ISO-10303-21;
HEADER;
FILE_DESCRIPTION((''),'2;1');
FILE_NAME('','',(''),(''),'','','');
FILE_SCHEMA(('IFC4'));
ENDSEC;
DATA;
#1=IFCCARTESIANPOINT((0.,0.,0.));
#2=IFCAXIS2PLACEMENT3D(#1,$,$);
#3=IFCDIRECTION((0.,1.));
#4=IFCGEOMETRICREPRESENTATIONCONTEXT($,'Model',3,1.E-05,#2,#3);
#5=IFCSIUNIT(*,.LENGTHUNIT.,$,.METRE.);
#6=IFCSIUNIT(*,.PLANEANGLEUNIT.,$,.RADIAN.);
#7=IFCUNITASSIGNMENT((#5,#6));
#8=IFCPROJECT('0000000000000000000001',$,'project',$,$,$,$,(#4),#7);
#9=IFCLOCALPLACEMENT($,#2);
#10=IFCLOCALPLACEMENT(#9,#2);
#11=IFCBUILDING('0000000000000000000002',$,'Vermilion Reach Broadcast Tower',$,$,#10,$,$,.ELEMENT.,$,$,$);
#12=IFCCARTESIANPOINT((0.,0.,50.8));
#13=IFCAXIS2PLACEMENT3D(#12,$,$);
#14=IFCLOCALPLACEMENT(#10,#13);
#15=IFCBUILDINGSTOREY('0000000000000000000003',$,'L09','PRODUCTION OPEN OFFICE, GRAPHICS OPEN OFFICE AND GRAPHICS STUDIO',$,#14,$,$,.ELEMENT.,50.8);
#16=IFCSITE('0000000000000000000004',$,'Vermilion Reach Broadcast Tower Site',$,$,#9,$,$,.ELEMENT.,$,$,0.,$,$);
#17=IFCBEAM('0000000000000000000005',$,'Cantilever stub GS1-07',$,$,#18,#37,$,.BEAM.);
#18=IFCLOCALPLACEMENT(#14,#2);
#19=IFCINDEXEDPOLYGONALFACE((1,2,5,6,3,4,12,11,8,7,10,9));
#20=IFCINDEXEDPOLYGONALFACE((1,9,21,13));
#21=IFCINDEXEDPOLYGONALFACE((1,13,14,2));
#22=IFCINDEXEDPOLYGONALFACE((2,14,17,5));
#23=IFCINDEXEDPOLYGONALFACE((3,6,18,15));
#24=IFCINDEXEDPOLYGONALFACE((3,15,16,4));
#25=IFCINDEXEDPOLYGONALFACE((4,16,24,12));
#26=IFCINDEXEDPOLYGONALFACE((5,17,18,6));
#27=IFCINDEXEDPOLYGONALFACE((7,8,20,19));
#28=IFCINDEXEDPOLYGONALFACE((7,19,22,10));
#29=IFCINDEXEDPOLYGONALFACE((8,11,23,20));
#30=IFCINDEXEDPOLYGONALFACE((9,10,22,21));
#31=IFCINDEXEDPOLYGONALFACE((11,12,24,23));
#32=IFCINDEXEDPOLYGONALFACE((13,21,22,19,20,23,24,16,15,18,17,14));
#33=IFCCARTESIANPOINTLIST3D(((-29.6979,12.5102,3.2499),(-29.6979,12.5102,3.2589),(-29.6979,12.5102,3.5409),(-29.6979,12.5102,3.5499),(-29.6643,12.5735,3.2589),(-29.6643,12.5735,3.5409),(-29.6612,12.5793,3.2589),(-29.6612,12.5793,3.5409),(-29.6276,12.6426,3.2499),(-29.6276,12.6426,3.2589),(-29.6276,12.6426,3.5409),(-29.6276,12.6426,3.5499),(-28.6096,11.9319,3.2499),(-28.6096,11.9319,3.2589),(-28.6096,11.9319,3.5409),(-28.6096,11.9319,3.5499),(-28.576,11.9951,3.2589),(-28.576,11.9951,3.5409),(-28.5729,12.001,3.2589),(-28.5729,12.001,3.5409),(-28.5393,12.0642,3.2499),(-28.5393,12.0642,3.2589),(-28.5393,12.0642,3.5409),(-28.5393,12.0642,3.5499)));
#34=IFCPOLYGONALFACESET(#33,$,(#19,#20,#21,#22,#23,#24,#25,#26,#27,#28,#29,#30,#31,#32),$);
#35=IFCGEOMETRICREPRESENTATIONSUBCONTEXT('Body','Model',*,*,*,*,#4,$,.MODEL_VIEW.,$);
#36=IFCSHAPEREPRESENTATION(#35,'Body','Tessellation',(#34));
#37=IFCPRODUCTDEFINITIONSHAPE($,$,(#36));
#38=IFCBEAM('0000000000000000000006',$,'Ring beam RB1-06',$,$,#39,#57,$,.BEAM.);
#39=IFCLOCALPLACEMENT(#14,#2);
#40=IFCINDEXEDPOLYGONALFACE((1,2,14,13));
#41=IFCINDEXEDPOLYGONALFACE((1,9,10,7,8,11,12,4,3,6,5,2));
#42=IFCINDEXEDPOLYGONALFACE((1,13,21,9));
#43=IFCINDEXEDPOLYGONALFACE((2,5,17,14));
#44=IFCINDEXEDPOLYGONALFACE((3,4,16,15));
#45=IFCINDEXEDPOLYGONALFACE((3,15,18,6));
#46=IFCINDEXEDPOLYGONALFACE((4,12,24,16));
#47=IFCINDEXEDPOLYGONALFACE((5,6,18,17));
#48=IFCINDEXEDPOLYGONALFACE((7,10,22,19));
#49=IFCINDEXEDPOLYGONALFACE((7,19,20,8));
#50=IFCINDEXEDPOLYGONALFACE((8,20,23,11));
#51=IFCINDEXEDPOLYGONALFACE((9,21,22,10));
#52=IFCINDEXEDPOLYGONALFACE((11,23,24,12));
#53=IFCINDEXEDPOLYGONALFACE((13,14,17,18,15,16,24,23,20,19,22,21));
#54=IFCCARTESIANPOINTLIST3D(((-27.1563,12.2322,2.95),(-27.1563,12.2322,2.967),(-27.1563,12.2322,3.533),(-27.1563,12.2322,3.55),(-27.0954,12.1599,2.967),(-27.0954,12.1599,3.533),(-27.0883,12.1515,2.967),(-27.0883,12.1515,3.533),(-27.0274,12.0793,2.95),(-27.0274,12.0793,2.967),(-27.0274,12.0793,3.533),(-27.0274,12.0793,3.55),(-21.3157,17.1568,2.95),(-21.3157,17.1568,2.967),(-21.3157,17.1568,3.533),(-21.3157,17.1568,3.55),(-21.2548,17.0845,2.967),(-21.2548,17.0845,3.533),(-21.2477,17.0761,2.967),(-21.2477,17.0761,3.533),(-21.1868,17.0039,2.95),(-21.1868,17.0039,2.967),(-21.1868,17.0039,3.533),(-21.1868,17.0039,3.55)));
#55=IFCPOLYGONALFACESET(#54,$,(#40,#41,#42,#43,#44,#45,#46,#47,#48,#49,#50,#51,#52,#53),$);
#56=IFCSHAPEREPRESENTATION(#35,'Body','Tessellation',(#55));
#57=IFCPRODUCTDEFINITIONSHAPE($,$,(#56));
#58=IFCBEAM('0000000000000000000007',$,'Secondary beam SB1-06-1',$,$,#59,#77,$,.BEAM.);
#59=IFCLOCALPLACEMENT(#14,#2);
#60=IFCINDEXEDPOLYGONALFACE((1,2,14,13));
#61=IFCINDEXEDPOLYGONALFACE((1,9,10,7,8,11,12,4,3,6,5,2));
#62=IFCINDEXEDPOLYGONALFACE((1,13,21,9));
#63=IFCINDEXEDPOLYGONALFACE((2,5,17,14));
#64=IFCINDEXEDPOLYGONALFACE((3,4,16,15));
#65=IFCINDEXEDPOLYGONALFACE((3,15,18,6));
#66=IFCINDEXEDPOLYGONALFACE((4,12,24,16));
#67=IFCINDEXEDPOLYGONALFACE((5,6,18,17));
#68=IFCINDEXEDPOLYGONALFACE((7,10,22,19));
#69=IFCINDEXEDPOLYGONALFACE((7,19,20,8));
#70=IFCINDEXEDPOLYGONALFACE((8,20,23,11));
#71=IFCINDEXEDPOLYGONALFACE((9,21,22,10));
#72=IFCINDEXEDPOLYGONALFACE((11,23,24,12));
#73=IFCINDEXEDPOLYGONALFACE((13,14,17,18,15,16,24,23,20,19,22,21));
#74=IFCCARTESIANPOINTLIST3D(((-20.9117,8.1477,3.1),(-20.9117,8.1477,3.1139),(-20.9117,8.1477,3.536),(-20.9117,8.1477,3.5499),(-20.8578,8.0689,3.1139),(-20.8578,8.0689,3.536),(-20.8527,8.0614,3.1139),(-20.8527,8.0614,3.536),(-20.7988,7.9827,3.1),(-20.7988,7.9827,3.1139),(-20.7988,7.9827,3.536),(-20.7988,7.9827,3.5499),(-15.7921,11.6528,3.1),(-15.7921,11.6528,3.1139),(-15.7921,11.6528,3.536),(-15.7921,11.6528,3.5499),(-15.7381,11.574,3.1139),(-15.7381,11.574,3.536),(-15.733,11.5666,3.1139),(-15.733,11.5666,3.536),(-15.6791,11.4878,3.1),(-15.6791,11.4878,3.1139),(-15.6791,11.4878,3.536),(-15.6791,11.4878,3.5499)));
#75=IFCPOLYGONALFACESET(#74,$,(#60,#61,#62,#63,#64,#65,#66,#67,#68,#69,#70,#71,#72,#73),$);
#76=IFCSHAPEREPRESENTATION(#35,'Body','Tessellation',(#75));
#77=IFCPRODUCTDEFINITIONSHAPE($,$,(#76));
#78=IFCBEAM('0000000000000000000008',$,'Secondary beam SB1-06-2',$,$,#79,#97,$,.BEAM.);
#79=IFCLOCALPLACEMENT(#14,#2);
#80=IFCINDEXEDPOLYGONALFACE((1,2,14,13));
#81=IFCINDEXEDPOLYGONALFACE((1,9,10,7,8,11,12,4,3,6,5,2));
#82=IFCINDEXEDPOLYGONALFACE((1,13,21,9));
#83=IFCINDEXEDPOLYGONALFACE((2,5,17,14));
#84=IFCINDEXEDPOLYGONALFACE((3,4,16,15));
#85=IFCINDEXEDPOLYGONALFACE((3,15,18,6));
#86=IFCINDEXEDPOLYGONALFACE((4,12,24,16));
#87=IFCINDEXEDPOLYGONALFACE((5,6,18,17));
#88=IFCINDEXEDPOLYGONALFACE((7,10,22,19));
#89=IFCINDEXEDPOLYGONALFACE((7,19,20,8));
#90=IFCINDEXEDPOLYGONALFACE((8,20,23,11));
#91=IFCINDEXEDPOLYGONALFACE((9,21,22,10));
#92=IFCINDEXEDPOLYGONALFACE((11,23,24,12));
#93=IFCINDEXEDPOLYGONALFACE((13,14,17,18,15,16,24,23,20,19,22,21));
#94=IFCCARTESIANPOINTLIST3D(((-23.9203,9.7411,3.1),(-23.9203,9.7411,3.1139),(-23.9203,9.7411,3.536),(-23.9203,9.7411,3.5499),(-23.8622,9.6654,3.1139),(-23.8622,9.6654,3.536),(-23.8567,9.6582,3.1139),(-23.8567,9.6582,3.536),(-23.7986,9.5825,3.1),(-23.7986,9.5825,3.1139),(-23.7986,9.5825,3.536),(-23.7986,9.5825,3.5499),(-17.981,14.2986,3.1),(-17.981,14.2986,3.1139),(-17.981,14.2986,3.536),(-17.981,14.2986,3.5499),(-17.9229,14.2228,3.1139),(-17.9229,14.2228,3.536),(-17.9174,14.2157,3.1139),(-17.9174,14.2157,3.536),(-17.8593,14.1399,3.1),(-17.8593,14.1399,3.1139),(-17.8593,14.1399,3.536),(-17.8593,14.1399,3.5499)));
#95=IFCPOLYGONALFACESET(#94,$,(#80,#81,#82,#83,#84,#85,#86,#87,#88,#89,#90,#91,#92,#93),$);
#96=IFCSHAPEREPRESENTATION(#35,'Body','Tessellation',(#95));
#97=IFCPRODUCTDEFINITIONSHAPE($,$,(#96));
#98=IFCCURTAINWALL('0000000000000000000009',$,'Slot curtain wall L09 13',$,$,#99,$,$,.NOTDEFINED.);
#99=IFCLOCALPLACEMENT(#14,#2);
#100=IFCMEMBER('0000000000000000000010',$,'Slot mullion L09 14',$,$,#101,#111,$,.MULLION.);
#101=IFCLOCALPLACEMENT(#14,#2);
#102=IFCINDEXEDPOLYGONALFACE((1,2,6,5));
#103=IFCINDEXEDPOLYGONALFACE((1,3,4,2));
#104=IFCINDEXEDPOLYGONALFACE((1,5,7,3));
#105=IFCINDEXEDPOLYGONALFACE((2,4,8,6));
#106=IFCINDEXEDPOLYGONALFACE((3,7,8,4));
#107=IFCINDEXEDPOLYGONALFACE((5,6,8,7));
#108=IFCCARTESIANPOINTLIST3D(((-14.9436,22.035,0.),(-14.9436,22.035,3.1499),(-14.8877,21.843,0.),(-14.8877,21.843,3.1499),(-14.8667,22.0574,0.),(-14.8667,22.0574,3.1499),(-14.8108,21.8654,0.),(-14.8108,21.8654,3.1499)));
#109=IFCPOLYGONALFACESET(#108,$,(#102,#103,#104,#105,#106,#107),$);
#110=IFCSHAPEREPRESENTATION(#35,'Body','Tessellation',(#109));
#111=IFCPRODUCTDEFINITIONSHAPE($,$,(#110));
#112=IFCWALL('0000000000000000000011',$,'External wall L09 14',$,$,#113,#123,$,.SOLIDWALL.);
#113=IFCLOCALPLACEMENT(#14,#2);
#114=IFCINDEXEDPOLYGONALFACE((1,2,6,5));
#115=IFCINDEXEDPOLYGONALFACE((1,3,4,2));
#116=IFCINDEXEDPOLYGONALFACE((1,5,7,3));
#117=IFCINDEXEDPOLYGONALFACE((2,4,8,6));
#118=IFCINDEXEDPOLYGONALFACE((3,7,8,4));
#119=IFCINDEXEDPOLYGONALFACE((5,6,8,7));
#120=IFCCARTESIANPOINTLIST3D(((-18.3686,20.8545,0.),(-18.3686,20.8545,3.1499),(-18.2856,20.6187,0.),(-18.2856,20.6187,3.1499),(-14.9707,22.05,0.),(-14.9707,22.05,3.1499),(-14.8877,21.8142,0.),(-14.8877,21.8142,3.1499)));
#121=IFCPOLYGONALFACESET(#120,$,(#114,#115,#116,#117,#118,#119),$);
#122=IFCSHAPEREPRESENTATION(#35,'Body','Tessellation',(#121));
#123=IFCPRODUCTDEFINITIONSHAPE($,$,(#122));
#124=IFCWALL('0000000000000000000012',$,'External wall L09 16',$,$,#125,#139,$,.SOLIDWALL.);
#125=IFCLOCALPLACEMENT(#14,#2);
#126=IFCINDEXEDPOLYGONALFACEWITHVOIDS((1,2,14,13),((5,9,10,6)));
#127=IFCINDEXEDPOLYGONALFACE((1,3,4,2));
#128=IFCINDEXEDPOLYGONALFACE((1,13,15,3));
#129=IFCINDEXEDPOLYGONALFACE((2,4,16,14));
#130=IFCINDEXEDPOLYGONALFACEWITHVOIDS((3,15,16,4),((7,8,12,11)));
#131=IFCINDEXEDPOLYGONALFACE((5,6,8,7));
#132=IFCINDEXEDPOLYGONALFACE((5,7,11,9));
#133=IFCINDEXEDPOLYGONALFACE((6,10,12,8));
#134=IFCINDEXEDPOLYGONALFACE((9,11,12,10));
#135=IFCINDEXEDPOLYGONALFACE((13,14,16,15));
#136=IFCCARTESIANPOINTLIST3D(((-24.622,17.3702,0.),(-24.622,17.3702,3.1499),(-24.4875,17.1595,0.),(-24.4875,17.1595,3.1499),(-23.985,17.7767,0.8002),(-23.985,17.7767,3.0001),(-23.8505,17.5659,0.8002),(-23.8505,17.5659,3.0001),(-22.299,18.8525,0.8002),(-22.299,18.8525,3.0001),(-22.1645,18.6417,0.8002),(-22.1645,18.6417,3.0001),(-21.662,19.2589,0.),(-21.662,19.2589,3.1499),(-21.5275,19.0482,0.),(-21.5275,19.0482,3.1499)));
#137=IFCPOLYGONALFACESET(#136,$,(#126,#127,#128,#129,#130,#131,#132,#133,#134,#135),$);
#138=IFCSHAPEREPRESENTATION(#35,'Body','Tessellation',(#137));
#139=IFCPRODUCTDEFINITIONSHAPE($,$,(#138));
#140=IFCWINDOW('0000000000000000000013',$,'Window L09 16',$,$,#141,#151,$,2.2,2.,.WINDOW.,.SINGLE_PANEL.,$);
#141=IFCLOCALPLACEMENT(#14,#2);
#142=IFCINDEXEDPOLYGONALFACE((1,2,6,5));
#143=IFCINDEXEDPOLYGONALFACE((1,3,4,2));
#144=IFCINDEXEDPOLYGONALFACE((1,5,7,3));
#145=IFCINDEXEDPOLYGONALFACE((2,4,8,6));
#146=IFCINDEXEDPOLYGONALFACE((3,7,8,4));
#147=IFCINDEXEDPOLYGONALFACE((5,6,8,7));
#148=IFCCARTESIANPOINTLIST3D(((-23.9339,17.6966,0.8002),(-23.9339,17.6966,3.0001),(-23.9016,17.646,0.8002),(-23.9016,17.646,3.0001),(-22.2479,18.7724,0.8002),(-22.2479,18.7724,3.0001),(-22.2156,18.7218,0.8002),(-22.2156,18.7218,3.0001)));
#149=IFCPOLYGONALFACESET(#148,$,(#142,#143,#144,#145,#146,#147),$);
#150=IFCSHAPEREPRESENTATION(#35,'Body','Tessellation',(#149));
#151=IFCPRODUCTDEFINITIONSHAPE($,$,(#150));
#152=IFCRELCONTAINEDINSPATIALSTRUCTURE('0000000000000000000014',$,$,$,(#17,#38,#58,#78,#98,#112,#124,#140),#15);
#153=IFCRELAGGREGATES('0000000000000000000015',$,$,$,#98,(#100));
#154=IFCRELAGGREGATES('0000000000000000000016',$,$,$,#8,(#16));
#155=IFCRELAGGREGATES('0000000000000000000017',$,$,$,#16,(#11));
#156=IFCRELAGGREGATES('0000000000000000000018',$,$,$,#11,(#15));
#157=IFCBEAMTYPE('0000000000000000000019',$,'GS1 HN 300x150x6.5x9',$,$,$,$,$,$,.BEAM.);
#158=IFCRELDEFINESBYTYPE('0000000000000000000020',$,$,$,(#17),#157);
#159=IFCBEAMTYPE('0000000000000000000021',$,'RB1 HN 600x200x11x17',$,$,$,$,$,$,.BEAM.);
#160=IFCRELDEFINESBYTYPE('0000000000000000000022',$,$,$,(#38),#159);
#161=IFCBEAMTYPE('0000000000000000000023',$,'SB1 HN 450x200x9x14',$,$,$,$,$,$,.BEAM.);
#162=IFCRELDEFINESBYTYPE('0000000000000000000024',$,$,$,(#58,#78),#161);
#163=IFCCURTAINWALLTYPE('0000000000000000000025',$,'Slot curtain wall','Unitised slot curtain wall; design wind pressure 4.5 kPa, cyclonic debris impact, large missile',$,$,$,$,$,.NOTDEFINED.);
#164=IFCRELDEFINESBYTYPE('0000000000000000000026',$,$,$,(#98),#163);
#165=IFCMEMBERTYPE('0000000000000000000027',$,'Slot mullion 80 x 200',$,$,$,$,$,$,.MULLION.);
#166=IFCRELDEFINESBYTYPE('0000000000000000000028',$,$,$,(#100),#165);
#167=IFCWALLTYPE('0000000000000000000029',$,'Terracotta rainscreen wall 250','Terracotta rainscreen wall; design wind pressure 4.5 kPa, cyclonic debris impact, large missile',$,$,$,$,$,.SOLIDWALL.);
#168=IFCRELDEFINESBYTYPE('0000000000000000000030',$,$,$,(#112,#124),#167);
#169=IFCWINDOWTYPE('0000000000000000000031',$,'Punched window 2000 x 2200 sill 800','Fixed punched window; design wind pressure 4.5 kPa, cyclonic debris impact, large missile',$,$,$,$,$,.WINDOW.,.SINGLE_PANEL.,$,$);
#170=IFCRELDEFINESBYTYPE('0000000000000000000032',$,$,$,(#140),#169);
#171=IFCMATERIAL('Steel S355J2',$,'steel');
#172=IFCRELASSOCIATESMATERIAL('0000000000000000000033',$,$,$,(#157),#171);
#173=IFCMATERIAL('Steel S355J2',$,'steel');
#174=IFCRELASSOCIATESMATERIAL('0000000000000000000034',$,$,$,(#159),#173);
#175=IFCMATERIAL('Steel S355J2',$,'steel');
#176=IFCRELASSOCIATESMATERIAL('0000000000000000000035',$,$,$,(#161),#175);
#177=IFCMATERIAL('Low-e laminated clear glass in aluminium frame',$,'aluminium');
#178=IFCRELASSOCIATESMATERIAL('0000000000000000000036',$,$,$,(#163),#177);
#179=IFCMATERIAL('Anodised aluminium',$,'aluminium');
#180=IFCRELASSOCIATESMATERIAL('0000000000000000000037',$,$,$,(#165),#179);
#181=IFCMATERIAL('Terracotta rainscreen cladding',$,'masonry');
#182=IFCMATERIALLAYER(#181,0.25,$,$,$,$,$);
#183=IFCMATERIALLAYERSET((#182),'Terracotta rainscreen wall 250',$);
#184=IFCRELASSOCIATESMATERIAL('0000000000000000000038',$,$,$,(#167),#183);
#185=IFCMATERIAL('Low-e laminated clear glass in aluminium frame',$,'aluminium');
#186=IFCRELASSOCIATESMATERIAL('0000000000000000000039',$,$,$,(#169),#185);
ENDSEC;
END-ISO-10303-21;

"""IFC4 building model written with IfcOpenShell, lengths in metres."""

from ifc_helpers import new_model, si_unit, direction, frame, frame_2d, origin, origin_2d, place, context, subcontext, project, spatial, rectangle, i_section, extrude, material, layer, layer_set, material_profile, profile_set, type_object, element, fill, aggregate, save


model = new_model("IFC4")

# Units and contexts
model_context = context("Model", 3, precision=1e-05, world=origin(), true_north=direction((0.0, 1.0)))
body_context = subcontext(model_context, "Body", "Model", "MODEL_VIEW")
ifc_project = project(units=[si_unit("LENGTHUNIT", "METRE"), si_unit("PLANEANGLEUNIT", "RADIAN")], contexts=[model_context])

# Site, building, storey
site_placement = place(None, origin())
site = spatial("IfcSite", under=ifc_project, at=site_placement, Name="Vermilion Reach Broadcast Tower Site", CompositionType="ELEMENT", RefElevation=0.0)
building_placement = place(site_placement, origin())
building = spatial("IfcBuilding", under=site, at=building_placement, Name="Vermilion Reach Broadcast Tower", CompositionType="ELEMENT")
storey_placement = place(building_placement, frame((0.0, 0.0, 50.8)))
storey = spatial("IfcBuildingStorey", under=building, at=storey_placement, Name="L09", Description="PRODUCTION OPEN OFFICE, GRAPHICS OPEN OFFICE AND GRAPHICS STUDIO", CompositionType="ELEMENT", Elevation=50.8)

# Beams
ifc_material_1 = material(Name="Steel S355J2", Category="steel")
ifc_material_profile_1 = material_profile(ifc_material_1, i_section(OverallWidth=0.1499, OverallDepth=0.3, WebThickness=0.0066, FlangeThickness=0.009, at=origin_2d()), Name="S355J2 HN 300x150x6.5x9")
ifc_profile_set_1 = profile_set([ifc_material_profile_1], Name="Steel S355J2")
beam_type_1 = type_object("IfcBeamType", Name="GS1 HN 300x150x6.5x9", PredefinedType="BEAM", material=ifc_profile_set_1)
beam_1_placement = place(storey_placement, frame((-28.5745, 11.998, 3.3999), z_axis=(-0.883059, 0.469261, 0.0), x_axis=(-0.469261, -0.883059, 0.0)))
element("IfcBeam", 1, at=beam_1_placement, inside=storey, type_object=beam_type_1, Name="Cantilever stub GS1-07", PredefinedType="BEAM", context=body_context, shape_type="SweptSolid", body=[
    extrude(i_section(OverallWidth=0.1499, OverallDepth=0.3, WebThickness=0.0066, FlangeThickness=0.009, at=origin_2d()), origin(), (0.0, 0.0, 1.0), 1.2324),
])
ifc_material_2 = material(Name="Steel S355J2", Category="steel")
ifc_material_profile_2 = material_profile(ifc_material_2, i_section(OverallWidth=0.2, OverallDepth=0.6001, WebThickness=0.011, FlangeThickness=0.0171, at=origin_2d()), Name="S355J2 HN 600x200x11x17")
ifc_profile_set_2 = profile_set([ifc_material_profile_2], Name="Steel S355J2")
beam_type_2 = type_object("IfcBeamType", Name="RB1 HN 600x200x11x17", PredefinedType="BEAM", material=ifc_profile_set_2)
beam_2_placement = place(storey_placement, frame((-21.2512, 17.0803, 3.25), z_axis=(-0.764512, -0.644609, 0.0), x_axis=(0.644609, -0.764512, 0.0)))
element("IfcBeam", 2, at=beam_2_placement, inside=storey, type_object=beam_type_2, Name="Ring beam RB1-06", PredefinedType="BEAM", context=body_context, shape_type="SweptSolid", body=[
    extrude(i_section(OverallWidth=0.2, OverallDepth=0.6001, WebThickness=0.011, FlangeThickness=0.0171, at=origin_2d()), origin(), (0.0, 0.0, 1.0), 7.6396),
])
ifc_material_3 = material(Name="Steel S355J2", Category="steel")
ifc_material_profile_3 = material_profile(ifc_material_3, i_section(OverallWidth=0.2, OverallDepth=0.45, WebThickness=0.009, FlangeThickness=0.0139, at=origin_2d()), Name="S355J2 HN 450x200x9x14")
ifc_profile_set_3 = profile_set([ifc_material_profile_3], Name="Steel S355J2")
beam_type_3 = type_object("IfcBeamType", Name="SB1 HN 450x200x9x14", PredefinedType="BEAM", material=ifc_profile_set_3)
beam_3_placement = place(storey_placement, frame((-15.7356, 11.5703, 3.325), z_axis=(-0.82514, -0.564928, 0.0), x_axis=(0.564928, -0.82514, 0.0)))
element("IfcBeam", 3, at=beam_3_placement, inside=storey, type_object=beam_type_3, Name="Secondary beam SB1-06-1", PredefinedType="BEAM", context=body_context, shape_type="SweptSolid", body=[
    extrude(i_section(OverallWidth=0.2, OverallDepth=0.45, WebThickness=0.009, FlangeThickness=0.0139, at=origin_2d()), origin(), (0.0, 0.0, 1.0), 6.2046),
])
beam_4_placement = place(storey_placement, frame((-17.9202, 14.2192, 3.325), z_axis=(-0.79335, -0.608766, 0.0), x_axis=(0.608766, -0.79335, 0.0)))
element("IfcBeam", 4, at=beam_4_placement, inside=storey, type_object=beam_type_3, Name="Secondary beam SB1-06-2", PredefinedType="BEAM", context=body_context, shape_type="SweptSolid", body=[
    extrude(i_section(OverallWidth=0.2, OverallDepth=0.45, WebThickness=0.009, FlangeThickness=0.0139, at=origin_2d()), origin(), (0.0, 0.0, 1.0), 7.4863),
])

# Curtain wall, member
ifc_material_4 = material(Name="Low-e laminated clear glass in aluminium frame", Category="aluminium")
curtain_wall_type = type_object("IfcCurtainWallType", Name="Slot curtain wall", Description="Unitised slot curtain wall; design wind pressure 4.5 kPa, cyclonic debris impact, large missile", PredefinedType="NOTDEFINED", material=ifc_material_4)
curtain_wall_placement = place(storey_placement, origin())
curtain_wall = element("IfcCurtainWall", 5, at=curtain_wall_placement, inside=storey, type_object=curtain_wall_type, Name="Slot curtain wall L09 13", PredefinedType="NOTDEFINED")
ifc_material_5 = material(Name="Anodised aluminium", Category="aluminium")
ifc_material_profile_4 = material_profile(ifc_material_5, rectangle(XDim=0.2, YDim=0.0801, at=origin_2d()), Name="Slot mullion 80 x 200")
ifc_profile_set_4 = profile_set([ifc_material_profile_4], Name="Anodised aluminium")
member_type = type_object("IfcMemberType", Name="Slot mullion 80 x 200", PredefinedType="MULLION", material=ifc_profile_set_4)
member_placement = place(storey_placement, frame((-14.8772, 21.9502, 0.0), z_axis=(0.0, 0.0, 1.0), x_axis=(0.279678, -0.960094, 0.0)))
member = element("IfcMember", 6, at=member_placement, type_object=member_type, Name="Slot mullion L09 14", PredefinedType="MULLION", context=body_context, shape_type="SweptSolid", body=[
    extrude(rectangle(XDim=0.2, YDim=0.0801, at=origin_2d()), origin(), (0.0, 0.0, 1.0), 3.1499),
])
aggregate(curtain_wall, [member])

# Wall
ifc_material_6 = material(Name="Terracotta rainscreen cladding", Category="masonry")
ifc_layer_1 = layer(ifc_material_6, 0.25)
ifc_layer_set_1 = layer_set([ifc_layer_1], Name="Terracotta rainscreen wall 250")
wall_type_1 = type_object("IfcWallType", Name="Terracotta rainscreen wall 250", Description="Terracotta rainscreen wall; design wind pressure 4.5 kPa, cyclonic debris impact, large missile", PredefinedType="SOLIDWALL", material=ifc_layer_set_1)
wall_1_placement = place(storey_placement, frame((-14.9292, 21.9321, 0.0), z_axis=(0.0, 0.0, 1.0), x_axis=(-0.943314, -0.331902, 0.0)))
element("IfcWall", 7, at=wall_1_placement, inside=storey, type_object=wall_type_1, Name="External wall L09 14", PredefinedType="SOLIDWALL", context=body_context, shape_type="SweptSolid", body=[
    extrude(rectangle(XDim=3.6021, YDim=0.25, at=frame_2d((1.801, 0.0))), origin(), (0.0, 0.0, 1.0), 3.1499),
])

# Wall, opening, window
wall_2_placement = place(storey_placement, frame((-21.5947, 19.1536, 0.0), z_axis=(0.0, 0.0, 1.0), x_axis=(-0.843008, -0.537901, 0.0)))
wall_2 = element("IfcWall", 8, at=wall_2_placement, inside=storey, type_object=wall_type_1, Name="External wall L09 16", PredefinedType="SOLIDWALL", context=body_context, shape_type="SweptSolid", body=[
    extrude(rectangle(XDim=3.5112, YDim=0.25, at=frame_2d((1.7556, 0.0))), origin(), (0.0, 0.0, 1.0), 3.1499),
])
opening_1_placement = place(wall_2_placement, frame((0.7556, 0.0, 0.8)))
opening_1 = element("IfcOpeningElement", 9, at=opening_1_placement, cuts=wall_2, PredefinedType="OPENING", context=body_context, shape_type="SweptSolid", body=[
    extrude(rectangle(XDim=2.0, YDim=2.2, at=frame_2d((1.0, 1.1001))), frame((0.0, 0.135, 0.0), z_axis=(0.0, -1.0, 0.0), x_axis=(1.0, 0.0, 0.0)), (0.0, 0.0, 1.0), 0.27),
])
ifc_material_7 = material(Name="Low-e laminated clear glass in aluminium frame", Category="aluminium")
window_type = type_object("IfcWindowType", Name="Punched window 2000 x 2200 sill 800", Description="Fixed punched window; design wind pressure 4.5 kPa, cyclonic debris impact, large missile", PartitioningType="SINGLE_PANEL", PredefinedType="WINDOW", material=ifc_material_7)
window_1_placement = place(opening_1_placement, origin())
window_1 = element("IfcWindow", 10, at=window_1_placement, inside=storey, type_object=window_type, Name="Window L09 16", OverallHeight=2.2, OverallWidth=2.0, PartitioningType="SINGLE_PANEL", PredefinedType="WINDOW", context=body_context, shape_type="SweptSolid", body=[
    extrude(rectangle(XDim=2.0, YDim=2.2, at=frame_2d((1.0, 1.1001))), frame((0.0, 0.03, 0.0), z_axis=(0.0, -1.0, 0.0), x_axis=(1.0, 0.0, 0.0)), (0.0, 0.0, 1.0), 0.0601),
])
fill(opening_1, window_1)

save(model, "model.ifc")
